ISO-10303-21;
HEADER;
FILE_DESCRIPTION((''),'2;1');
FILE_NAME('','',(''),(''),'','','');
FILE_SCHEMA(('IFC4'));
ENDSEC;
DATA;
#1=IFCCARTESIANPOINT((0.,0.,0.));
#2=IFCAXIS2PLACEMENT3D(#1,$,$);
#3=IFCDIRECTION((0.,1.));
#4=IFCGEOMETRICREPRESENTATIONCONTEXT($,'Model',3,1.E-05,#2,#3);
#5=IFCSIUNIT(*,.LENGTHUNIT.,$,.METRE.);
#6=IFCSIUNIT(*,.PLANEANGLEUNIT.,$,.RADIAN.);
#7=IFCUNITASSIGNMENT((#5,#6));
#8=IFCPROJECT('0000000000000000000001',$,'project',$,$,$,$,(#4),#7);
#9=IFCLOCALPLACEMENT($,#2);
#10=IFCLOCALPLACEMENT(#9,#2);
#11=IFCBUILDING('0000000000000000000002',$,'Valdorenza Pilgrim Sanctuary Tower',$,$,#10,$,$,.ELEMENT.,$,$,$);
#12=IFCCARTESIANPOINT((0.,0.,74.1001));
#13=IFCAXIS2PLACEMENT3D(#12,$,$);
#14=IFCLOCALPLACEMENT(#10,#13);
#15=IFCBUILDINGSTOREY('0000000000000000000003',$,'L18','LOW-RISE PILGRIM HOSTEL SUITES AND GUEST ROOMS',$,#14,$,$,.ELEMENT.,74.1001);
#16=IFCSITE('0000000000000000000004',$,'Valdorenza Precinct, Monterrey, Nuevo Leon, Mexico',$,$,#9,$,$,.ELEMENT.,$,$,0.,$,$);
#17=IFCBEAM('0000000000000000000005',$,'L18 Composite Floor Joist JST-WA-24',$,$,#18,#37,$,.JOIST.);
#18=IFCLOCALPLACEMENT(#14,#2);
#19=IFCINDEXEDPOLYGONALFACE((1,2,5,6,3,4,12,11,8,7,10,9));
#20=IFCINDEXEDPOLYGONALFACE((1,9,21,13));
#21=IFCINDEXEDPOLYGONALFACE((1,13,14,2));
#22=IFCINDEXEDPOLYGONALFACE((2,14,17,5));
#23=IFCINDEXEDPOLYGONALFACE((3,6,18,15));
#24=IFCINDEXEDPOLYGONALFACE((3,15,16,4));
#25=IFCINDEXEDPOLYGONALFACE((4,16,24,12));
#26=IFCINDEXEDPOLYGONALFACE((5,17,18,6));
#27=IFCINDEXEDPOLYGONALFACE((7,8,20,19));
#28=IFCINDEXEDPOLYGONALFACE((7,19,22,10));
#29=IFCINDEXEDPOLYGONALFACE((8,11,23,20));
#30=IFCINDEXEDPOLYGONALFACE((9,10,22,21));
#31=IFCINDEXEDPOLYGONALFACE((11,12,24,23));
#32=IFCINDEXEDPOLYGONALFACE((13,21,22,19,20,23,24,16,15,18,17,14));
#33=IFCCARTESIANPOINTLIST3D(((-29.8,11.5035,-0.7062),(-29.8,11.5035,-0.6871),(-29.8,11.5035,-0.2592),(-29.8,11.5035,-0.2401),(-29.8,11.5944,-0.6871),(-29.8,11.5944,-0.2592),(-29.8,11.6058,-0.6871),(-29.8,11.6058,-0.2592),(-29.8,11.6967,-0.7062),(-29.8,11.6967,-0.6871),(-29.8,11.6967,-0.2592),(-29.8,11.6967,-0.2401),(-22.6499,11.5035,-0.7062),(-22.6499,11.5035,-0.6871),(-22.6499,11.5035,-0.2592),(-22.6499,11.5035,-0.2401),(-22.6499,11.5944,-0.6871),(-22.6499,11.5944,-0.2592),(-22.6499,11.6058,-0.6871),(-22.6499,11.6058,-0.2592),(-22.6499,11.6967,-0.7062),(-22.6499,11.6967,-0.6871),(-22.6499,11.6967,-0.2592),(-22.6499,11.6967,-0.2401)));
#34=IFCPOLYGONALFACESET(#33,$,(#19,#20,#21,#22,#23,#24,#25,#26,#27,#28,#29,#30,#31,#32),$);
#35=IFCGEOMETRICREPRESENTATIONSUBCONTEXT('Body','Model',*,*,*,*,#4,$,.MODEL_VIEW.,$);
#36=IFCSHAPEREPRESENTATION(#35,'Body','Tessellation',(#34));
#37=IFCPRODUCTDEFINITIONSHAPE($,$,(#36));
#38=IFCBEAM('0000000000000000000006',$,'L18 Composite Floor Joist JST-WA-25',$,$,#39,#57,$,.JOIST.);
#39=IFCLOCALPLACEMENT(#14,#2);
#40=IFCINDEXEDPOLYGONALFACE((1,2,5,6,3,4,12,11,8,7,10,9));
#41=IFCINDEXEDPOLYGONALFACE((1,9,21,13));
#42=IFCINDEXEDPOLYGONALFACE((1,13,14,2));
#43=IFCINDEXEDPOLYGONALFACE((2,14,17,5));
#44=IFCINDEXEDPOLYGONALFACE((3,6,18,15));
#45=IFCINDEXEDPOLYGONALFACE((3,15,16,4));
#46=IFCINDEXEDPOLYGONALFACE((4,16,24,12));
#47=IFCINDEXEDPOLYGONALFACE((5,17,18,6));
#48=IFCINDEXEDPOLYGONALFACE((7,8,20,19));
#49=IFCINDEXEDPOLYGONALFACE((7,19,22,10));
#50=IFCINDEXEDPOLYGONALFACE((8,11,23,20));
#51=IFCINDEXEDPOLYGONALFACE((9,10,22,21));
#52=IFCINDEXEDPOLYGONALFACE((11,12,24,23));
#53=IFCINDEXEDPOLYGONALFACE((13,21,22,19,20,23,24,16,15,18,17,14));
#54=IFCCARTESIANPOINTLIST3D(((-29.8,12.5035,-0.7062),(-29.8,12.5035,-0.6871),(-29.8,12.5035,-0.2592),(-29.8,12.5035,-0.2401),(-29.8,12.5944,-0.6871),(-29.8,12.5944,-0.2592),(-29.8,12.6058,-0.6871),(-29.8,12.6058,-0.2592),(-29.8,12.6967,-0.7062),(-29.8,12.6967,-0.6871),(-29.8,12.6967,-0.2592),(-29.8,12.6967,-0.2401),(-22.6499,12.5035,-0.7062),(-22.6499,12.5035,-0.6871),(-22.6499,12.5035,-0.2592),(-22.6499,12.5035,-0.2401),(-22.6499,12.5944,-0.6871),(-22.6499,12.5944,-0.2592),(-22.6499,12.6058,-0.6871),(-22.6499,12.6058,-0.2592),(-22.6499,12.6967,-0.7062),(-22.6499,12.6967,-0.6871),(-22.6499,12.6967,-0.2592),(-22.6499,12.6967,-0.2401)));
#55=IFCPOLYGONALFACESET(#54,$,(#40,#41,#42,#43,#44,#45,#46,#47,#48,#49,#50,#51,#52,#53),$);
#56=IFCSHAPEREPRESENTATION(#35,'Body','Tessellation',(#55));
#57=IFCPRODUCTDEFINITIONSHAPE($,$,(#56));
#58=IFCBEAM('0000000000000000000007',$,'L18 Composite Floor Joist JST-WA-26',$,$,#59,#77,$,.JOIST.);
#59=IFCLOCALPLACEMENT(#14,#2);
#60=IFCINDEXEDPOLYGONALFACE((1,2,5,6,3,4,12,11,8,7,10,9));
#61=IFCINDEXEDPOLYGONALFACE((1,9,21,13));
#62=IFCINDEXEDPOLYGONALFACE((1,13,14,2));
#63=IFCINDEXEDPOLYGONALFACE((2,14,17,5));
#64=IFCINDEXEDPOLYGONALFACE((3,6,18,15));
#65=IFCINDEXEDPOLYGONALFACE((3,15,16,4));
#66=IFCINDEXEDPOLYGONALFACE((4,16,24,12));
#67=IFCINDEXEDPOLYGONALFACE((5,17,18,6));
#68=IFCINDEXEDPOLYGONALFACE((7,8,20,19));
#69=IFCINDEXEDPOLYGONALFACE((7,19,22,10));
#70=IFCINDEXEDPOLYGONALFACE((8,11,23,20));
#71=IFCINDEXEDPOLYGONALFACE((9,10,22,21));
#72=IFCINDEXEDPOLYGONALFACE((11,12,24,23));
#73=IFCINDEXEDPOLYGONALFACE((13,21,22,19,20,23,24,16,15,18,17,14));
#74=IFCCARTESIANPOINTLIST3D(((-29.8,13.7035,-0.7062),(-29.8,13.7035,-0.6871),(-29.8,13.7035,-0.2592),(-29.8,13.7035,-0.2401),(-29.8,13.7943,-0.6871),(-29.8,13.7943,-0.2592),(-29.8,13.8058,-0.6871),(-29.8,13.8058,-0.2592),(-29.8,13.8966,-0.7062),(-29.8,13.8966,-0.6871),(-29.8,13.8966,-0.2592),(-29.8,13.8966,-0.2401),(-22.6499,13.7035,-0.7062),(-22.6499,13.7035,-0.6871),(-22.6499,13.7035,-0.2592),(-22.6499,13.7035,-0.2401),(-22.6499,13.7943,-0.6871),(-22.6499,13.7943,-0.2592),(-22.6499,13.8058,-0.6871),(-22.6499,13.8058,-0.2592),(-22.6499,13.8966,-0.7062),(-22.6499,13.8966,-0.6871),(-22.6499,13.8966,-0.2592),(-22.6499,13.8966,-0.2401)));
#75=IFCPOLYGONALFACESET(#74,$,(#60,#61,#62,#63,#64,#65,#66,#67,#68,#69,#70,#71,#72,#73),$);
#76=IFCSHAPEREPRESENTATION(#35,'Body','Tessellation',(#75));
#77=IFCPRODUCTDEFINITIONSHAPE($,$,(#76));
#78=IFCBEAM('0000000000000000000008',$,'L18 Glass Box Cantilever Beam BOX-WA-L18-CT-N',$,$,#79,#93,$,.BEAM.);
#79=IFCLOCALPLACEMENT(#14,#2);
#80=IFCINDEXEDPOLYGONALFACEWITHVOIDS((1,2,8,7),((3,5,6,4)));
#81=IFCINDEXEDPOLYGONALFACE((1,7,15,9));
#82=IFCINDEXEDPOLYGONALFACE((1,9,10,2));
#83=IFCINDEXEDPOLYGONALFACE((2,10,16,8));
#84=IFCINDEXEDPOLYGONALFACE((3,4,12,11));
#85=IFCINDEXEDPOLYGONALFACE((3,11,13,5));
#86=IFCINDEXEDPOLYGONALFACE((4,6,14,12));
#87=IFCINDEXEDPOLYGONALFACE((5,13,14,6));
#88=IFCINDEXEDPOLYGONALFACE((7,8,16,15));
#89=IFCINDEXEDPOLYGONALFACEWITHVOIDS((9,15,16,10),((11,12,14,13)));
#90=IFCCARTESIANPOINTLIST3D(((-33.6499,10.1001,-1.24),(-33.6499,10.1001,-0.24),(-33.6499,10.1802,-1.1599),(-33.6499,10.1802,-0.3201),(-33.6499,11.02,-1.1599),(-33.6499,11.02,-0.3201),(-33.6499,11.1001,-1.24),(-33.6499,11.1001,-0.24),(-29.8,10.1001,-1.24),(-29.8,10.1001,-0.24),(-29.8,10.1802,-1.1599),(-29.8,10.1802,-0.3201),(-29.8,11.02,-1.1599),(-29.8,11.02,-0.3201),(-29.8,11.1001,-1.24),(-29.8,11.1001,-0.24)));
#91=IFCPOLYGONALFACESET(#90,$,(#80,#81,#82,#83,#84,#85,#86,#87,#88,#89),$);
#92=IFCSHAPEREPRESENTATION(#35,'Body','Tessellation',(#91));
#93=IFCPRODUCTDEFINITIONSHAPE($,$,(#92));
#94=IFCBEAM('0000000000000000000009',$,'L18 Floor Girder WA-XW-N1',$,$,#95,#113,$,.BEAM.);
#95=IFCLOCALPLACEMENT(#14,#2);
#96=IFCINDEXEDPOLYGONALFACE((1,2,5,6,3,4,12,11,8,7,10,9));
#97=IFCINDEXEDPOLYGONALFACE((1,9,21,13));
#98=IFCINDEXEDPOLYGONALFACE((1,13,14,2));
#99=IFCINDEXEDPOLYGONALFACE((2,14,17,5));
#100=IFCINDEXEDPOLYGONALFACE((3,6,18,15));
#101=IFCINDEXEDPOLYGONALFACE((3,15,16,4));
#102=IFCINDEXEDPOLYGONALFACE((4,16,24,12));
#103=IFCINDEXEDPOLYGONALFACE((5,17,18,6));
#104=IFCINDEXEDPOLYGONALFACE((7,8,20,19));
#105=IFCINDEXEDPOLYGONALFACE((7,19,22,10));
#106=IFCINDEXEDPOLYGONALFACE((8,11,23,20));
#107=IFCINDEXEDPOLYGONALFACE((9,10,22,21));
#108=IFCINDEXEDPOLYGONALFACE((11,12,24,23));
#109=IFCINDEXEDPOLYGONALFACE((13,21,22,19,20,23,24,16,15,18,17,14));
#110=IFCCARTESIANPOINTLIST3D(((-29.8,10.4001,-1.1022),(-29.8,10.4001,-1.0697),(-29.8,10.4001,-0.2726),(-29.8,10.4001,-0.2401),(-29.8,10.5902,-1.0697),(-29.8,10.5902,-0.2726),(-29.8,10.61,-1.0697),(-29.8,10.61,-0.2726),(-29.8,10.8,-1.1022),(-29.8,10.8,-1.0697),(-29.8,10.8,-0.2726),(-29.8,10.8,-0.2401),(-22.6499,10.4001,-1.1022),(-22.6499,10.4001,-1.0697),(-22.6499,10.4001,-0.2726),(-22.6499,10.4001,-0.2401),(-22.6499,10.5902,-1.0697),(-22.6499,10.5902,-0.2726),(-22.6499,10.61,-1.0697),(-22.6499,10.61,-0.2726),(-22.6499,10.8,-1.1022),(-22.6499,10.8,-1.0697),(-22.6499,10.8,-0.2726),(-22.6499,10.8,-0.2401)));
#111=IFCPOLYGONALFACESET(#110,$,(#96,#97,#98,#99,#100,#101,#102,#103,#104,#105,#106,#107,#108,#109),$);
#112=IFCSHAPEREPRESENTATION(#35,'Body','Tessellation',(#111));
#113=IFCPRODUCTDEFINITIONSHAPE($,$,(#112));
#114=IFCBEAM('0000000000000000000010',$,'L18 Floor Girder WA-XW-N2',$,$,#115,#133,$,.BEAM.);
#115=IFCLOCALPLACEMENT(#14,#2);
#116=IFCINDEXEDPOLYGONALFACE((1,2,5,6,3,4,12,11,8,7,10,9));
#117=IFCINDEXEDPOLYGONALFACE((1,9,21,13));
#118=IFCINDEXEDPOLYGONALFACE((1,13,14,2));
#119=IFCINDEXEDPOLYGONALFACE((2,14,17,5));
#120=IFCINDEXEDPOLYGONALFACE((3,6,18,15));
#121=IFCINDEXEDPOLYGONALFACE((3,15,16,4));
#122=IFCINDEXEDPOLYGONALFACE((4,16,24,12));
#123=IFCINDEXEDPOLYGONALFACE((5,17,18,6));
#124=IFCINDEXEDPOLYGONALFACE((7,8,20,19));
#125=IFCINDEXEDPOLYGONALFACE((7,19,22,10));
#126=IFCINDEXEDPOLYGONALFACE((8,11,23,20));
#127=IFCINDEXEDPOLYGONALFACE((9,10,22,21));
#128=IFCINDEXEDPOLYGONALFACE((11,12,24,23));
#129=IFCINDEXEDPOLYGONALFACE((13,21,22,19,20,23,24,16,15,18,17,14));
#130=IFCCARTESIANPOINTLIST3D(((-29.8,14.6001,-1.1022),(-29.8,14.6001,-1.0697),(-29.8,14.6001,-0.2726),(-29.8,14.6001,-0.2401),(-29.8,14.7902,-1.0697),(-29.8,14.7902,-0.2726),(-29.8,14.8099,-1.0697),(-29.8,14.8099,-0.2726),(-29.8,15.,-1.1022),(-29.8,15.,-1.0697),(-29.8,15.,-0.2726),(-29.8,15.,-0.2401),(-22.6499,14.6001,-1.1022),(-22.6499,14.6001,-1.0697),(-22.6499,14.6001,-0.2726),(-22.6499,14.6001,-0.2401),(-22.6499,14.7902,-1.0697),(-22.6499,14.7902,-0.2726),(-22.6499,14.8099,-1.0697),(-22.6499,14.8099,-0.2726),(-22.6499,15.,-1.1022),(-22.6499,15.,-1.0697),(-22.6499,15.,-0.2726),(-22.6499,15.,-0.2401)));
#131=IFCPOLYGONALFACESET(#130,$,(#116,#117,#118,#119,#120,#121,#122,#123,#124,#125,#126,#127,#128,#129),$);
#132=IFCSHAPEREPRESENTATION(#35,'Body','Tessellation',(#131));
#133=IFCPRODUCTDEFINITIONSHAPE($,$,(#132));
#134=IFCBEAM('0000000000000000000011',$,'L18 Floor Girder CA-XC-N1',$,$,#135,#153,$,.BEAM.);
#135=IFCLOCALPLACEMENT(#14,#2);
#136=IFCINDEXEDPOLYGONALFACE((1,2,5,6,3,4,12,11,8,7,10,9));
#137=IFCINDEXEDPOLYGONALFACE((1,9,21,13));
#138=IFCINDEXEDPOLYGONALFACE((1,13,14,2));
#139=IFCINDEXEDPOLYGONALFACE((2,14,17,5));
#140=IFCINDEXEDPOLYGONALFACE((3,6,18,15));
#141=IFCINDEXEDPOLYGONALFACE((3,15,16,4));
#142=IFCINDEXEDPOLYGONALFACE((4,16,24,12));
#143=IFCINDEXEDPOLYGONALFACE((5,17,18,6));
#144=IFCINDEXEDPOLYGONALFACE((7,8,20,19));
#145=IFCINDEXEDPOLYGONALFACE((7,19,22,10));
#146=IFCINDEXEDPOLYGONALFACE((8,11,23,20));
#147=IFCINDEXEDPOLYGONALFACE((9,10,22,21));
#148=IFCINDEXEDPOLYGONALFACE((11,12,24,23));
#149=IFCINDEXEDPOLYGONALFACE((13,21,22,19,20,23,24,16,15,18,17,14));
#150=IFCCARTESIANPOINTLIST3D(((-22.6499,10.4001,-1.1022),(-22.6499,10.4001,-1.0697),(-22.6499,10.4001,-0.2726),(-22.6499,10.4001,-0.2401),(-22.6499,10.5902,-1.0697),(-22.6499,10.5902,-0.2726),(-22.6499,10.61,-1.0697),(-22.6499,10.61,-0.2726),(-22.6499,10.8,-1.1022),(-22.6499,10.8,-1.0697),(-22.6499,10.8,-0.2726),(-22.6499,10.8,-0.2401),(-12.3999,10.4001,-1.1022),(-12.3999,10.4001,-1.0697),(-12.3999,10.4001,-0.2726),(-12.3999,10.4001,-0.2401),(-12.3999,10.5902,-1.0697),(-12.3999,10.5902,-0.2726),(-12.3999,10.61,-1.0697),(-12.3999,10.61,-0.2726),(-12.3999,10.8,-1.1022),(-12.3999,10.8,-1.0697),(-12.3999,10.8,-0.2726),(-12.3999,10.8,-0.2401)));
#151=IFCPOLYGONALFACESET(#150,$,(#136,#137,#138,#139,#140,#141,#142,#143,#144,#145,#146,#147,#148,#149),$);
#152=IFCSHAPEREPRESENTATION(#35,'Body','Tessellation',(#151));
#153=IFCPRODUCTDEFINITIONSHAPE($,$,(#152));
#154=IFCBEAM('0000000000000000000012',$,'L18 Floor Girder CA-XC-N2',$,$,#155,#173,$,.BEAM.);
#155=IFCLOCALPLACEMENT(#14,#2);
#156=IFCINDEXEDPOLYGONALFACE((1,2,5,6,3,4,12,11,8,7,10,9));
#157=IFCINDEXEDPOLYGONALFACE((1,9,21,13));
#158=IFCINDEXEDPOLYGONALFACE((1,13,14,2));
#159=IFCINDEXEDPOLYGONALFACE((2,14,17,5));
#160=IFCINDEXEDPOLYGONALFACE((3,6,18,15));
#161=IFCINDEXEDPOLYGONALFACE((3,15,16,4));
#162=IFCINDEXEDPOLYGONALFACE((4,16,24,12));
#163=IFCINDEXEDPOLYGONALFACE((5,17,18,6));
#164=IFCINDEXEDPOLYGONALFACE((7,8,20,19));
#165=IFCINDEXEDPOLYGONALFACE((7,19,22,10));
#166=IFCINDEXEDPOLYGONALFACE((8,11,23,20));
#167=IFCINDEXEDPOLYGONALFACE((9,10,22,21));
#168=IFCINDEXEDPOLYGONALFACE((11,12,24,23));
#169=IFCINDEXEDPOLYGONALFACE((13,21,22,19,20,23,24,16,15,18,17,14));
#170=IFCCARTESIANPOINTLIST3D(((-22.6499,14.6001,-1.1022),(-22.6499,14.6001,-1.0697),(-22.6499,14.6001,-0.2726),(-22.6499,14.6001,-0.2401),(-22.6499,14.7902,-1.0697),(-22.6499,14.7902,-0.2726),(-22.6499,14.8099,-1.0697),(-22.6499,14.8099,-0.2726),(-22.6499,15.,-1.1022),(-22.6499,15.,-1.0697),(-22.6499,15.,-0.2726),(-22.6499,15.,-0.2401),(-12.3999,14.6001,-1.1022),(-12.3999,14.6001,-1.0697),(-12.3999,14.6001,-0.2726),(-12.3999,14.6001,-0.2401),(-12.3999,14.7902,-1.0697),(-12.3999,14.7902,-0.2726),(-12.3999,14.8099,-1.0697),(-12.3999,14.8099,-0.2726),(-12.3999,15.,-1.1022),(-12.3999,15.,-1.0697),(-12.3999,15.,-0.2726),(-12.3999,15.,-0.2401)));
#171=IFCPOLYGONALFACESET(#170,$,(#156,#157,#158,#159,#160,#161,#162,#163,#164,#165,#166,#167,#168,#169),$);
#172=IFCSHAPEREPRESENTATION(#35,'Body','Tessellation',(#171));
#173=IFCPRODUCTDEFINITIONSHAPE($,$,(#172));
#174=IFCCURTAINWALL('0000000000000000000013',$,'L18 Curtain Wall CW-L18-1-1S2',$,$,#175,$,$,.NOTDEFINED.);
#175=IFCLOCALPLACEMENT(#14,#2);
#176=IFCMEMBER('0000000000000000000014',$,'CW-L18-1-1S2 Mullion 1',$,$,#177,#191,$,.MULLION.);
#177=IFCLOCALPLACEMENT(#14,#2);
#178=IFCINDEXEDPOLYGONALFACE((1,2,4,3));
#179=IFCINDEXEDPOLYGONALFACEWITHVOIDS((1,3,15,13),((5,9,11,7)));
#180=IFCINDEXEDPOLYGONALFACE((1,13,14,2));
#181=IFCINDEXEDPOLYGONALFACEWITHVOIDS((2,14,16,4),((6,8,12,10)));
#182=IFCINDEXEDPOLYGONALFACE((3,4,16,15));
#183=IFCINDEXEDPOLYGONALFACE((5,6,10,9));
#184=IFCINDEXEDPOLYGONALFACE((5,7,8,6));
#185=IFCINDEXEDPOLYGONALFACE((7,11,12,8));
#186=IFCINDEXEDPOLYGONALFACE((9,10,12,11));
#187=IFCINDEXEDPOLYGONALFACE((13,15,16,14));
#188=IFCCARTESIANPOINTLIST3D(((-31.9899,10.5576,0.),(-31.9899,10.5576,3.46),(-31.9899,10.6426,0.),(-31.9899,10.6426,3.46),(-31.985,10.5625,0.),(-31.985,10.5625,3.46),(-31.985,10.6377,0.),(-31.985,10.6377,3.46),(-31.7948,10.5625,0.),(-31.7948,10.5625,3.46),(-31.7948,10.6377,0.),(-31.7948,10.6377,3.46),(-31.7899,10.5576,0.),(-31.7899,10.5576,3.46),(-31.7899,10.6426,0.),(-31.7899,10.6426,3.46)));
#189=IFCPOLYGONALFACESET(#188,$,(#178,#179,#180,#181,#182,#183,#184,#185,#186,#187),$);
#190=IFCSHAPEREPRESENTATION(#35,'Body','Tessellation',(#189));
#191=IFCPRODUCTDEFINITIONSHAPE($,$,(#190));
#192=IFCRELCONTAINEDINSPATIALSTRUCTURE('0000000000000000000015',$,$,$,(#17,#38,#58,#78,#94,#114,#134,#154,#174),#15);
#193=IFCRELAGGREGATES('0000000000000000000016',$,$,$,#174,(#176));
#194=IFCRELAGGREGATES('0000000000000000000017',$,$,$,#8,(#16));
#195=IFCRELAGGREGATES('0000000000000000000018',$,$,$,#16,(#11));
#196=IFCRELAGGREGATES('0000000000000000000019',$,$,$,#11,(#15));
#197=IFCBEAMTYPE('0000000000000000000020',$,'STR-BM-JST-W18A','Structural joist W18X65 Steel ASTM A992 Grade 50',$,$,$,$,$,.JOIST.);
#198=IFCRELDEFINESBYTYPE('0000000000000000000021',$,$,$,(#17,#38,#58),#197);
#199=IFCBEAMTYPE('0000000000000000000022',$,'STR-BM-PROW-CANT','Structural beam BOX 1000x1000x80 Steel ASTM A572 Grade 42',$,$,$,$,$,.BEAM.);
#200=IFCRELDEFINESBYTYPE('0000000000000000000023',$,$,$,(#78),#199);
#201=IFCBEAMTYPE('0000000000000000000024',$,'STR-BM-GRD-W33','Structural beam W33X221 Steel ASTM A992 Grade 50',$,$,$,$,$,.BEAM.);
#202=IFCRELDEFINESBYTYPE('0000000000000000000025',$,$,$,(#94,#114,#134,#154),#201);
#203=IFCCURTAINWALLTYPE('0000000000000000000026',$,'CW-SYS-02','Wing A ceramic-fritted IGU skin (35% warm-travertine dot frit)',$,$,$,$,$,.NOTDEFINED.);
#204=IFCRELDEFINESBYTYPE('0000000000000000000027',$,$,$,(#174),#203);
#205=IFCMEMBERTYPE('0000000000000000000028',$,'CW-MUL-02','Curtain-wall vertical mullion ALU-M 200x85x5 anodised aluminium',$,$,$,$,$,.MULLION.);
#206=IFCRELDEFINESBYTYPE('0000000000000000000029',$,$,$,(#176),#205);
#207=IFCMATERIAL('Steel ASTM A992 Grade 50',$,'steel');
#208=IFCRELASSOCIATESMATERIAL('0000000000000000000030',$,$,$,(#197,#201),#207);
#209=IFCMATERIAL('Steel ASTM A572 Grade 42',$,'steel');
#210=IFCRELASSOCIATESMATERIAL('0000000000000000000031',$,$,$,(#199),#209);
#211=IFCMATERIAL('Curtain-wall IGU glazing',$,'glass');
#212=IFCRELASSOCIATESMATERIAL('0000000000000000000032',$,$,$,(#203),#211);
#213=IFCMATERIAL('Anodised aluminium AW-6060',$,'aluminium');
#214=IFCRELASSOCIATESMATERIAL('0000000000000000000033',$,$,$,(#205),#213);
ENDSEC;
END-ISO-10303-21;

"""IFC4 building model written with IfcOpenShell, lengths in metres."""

from ifc_helpers import new_model, si_unit, direction, frame, origin, origin_2d, place, context, subcontext, project, spatial, hollow_rectangle, i_section, extrude, source, transform, mapped, material, material_profile, profile_set, type_object, element, aggregate, save


model = new_model("IFC4")

# Units and contexts
model_context = context("Model", 3, precision=1e-05, world=origin(), true_north=direction((0.0, 1.0)))
body_context = subcontext(model_context, "Body", "Model", "MODEL_VIEW")
ifc_project = project(units=[si_unit("LENGTHUNIT", "METRE"), si_unit("PLANEANGLEUNIT", "RADIAN")], contexts=[model_context])

# Site, building, storey
site_placement = place(None, origin())
site = spatial("IfcSite", under=ifc_project, at=site_placement, Name="Valdorenza Precinct, Monterrey, Nuevo Leon, Mexico", CompositionType="ELEMENT", RefElevation=0.0)
building_placement = place(site_placement, origin())
building = spatial("IfcBuilding", under=site, at=building_placement, Name="Valdorenza Pilgrim Sanctuary Tower", CompositionType="ELEMENT")
storey_placement = place(building_placement, frame((0.0, 0.0, 74.1001)))
storey = spatial("IfcBuildingStorey", under=building, at=storey_placement, Name="L18", Description="LOW-RISE PILGRIM HOSTEL SUITES AND GUEST ROOMS", CompositionType="ELEMENT", Elevation=74.1001)

# Beams
ifc_material_1 = material(Name="Steel ASTM A992 Grade 50", Category="steel")
ifc_material_profile_1 = material_profile(ifc_material_1, i_section(OverallWidth=0.1931, OverallDepth=0.4661, WebThickness=0.0115, FlangeThickness=0.019, at=origin_2d()), Name="W18X65")
ifc_profile_set_1 = profile_set([ifc_material_profile_1], Name="Steel ASTM A992 Grade 50")
beam_type_1 = type_object("IfcBeamType", Name="STR-BM-JST-W18A", Description="Structural joist W18X65 Steel ASTM A992 Grade 50", PredefinedType="JOIST", material=ifc_profile_set_1)
shared_shape_1 = source(origin(), body_context, "Body", "SweptSolid", [
    extrude(i_section(OverallWidth=0.1931, OverallDepth=0.4661, WebThickness=0.0115, FlangeThickness=0.019, at=origin_2d()), origin(), (0.0, 0.0, 1.0), 7.1501),
])
for number, where, z_axis, x_axis, name in (
    (1, (-29.8, 11.6001, -0.4731), (1.0, 0.0, 0.0), (0.0, 1.0, 0.0), "L18 Composite Floor Joist JST-WA-24"),
    (2, (-29.8, 12.6001, -0.4731), (1.0, 0.0, 0.0), (0.0, 1.0, 0.0), "L18 Composite Floor Joist JST-WA-25"),
    (3, (-29.8, 13.8, -0.4731), (1.0, 0.0, 0.0), (0.0, 1.0, 0.0), "L18 Composite Floor Joist JST-WA-26"),
):
    element("IfcBeam", number, at=place(storey_placement, frame(where, z_axis=z_axis, x_axis=x_axis)), inside=storey, type_object=beam_type_1, Name=name, PredefinedType="JOIST", context=body_context, shape_type="MappedRepresentation", body=[
        mapped(shared_shape_1, transform((0.0, 0.0, 0.0), x_axis=(1.0, 0.0, 0.0), y_axis=(0.0, 1.0, 0.0), z_axis=(0.0, 0.0, 1.0), scale=1.0)),
    ])
ifc_material_2 = material(Name="Steel ASTM A572 Grade 42", Category="steel")
ifc_material_profile_2 = material_profile(ifc_material_2, hollow_rectangle(XDim=1.0, YDim=1.0, WallThickness=0.0801, at=origin_2d()), Name="BOX 1000x1000x80")
ifc_profile_set_2 = profile_set([ifc_material_profile_2], Name="Steel ASTM A572 Grade 42")
beam_type_2 = type_object("IfcBeamType", Name="STR-BM-PROW-CANT", Description="Structural beam BOX 1000x1000x80 Steel ASTM A572 Grade 42", PredefinedType="BEAM", material=ifc_profile_set_2)
shared_shape_2 = source(origin(), body_context, "Body", "SweptSolid", [
    extrude(hollow_rectangle(XDim=1.0, YDim=1.0, WallThickness=0.0801, at=origin_2d()), origin(), (0.0, 0.0, 1.0), 3.8499),
])
beam_1_placement = place(storey_placement, frame((-29.8, 10.6001, -0.74), z_axis=(-1.0, 0.0, 0.0), x_axis=(0.0, -1.0, 0.0)))
element("IfcBeam", 4, at=beam_1_placement, inside=storey, type_object=beam_type_2, Name="L18 Glass Box Cantilever Beam BOX-WA-L18-CT-N", PredefinedType="BEAM", context=body_context, shape_type="MappedRepresentation", body=[
    mapped(shared_shape_2, transform((0.0, 0.0, 0.0), x_axis=(1.0, 0.0, 0.0), y_axis=(0.0, 1.0, 0.0), z_axis=(0.0, 0.0, 1.0), scale=1.0)),
])
ifc_material_profile_3 = material_profile(ifc_material_1, i_section(OverallWidth=0.3999, OverallDepth=0.8621, WebThickness=0.0198, FlangeThickness=0.0325, at=origin_2d()), Name="W33X221")
ifc_profile_set_3 = profile_set([ifc_material_profile_3], Name="Steel ASTM A992 Grade 50")
beam_type_3 = type_object("IfcBeamType", Name="STR-BM-GRD-W33", Description="Structural beam W33X221 Steel ASTM A992 Grade 50", PredefinedType="BEAM", material=ifc_profile_set_3)
shared_shape_3 = source(origin(), body_context, "Body", "SweptSolid", [
    extrude(i_section(OverallWidth=0.3999, OverallDepth=0.8621, WebThickness=0.0198, FlangeThickness=0.0325, at=origin_2d()), origin(), (0.0, 0.0, 1.0), 7.1501),
])
for number, where, z_axis, x_axis, name in (
    (5, (-29.8, 10.6001, -0.6711), (1.0, 0.0, 0.0), (0.0, 1.0, 0.0), "L18 Floor Girder WA-XW-N1"),
    (6, (-29.8, 14.8, -0.6711), (1.0, 0.0, 0.0), (0.0, 1.0, 0.0), "L18 Floor Girder WA-XW-N2"),
):
    element("IfcBeam", number, at=place(storey_placement, frame(where, z_axis=z_axis, x_axis=x_axis)), inside=storey, type_object=beam_type_3, Name=name, PredefinedType="BEAM", context=body_context, shape_type="MappedRepresentation", body=[
        mapped(shared_shape_3, transform((0.0, 0.0, 0.0), x_axis=(1.0, 0.0, 0.0), y_axis=(0.0, 1.0, 0.0), z_axis=(0.0, 0.0, 1.0), scale=1.0)),
    ])
shared_shape_4 = source(origin(), body_context, "Body", "SweptSolid", [
    extrude(i_section(OverallWidth=0.3999, OverallDepth=0.8621, WebThickness=0.0198, FlangeThickness=0.0325, at=origin_2d()), origin(), (0.0, 0.0, 1.0), 10.25),
])
for number, where, z_axis, x_axis, name in (
    (7, (-22.6499, 10.6001, -0.6711), (1.0, 0.0, 0.0), (0.0, 1.0, 0.0), "L18 Floor Girder CA-XC-N1"),
    (8, (-22.6499, 14.8, -0.6711), (1.0, 0.0, 0.0), (0.0, 1.0, 0.0), "L18 Floor Girder CA-XC-N2"),
):
    element("IfcBeam", number, at=place(storey_placement, frame(where, z_axis=z_axis, x_axis=x_axis)), inside=storey, type_object=beam_type_3, Name=name, PredefinedType="BEAM", context=body_context, shape_type="MappedRepresentation", body=[
        mapped(shared_shape_4, transform((0.0, 0.0, 0.0), x_axis=(1.0, 0.0, 0.0), y_axis=(0.0, 1.0, 0.0), z_axis=(0.0, 0.0, 1.0), scale=1.0)),
    ])

# Curtain wall, member
ifc_material_3 = material(Name="Curtain-wall IGU glazing", Category="glass")
curtain_wall_type = type_object("IfcCurtainWallType", Name="CW-SYS-02", Description="Wing A ceramic-fritted IGU skin (35% warm-travertine dot frit)", PredefinedType="NOTDEFINED", material=ifc_material_3)
curtain_wall_1_placement = place(storey_placement, origin())
curtain_wall_1 = element("IfcCurtainWall", 9, at=curtain_wall_1_placement, inside=storey, type_object=curtain_wall_type, Name="L18 Curtain Wall CW-L18-1-1S2", PredefinedType="NOTDEFINED")
ifc_material_4 = material(Name="Anodised aluminium AW-6060", Category="aluminium")
ifc_material_profile_4 = material_profile(ifc_material_4, hollow_rectangle(XDim=0.085, YDim=0.2, WallThickness=0.0049, at=origin_2d()), Name="ALU-M 200x85x5")
ifc_profile_set_4 = profile_set([ifc_material_profile_4], Name="Anodised aluminium AW-6060")
member_type_1 = type_object("IfcMemberType", Name="CW-MUL-02", Description="Curtain-wall vertical mullion ALU-M 200x85x5 anodised aluminium", PredefinedType="MULLION", material=ifc_profile_set_4)
shared_shape_5 = source(origin(), body_context, "Body", "SweptSolid", [
    extrude(hollow_rectangle(XDim=0.085, YDim=0.2, WallThickness=0.0049, at=origin_2d()), origin(), (0.0, 0.0, 1.0), 3.46),
])
member_1_placement = place(storey_placement, frame((-31.8899, 10.6001, 0.0), z_axis=(0.0, 0.0, 1.0), x_axis=(0.0, 1.0, 0.0)))
member_1 = element("IfcMember", 10, at=member_1_placement, type_object=member_type_1, Name="CW-L18-1-1S2 Mullion 1", PredefinedType="MULLION", context=body_context, shape_type="MappedRepresentation", body=[
    mapped(shared_shape_5, transform((0.0, 0.0, 0.0), x_axis=(1.0, 0.0, 0.0), y_axis=(0.0, 1.0, 0.0), z_axis=(0.0, 0.0, 1.0), scale=1.0)),
])

aggregate(curtain_wall_1, [member_1])

save(model, "model.ifc")
